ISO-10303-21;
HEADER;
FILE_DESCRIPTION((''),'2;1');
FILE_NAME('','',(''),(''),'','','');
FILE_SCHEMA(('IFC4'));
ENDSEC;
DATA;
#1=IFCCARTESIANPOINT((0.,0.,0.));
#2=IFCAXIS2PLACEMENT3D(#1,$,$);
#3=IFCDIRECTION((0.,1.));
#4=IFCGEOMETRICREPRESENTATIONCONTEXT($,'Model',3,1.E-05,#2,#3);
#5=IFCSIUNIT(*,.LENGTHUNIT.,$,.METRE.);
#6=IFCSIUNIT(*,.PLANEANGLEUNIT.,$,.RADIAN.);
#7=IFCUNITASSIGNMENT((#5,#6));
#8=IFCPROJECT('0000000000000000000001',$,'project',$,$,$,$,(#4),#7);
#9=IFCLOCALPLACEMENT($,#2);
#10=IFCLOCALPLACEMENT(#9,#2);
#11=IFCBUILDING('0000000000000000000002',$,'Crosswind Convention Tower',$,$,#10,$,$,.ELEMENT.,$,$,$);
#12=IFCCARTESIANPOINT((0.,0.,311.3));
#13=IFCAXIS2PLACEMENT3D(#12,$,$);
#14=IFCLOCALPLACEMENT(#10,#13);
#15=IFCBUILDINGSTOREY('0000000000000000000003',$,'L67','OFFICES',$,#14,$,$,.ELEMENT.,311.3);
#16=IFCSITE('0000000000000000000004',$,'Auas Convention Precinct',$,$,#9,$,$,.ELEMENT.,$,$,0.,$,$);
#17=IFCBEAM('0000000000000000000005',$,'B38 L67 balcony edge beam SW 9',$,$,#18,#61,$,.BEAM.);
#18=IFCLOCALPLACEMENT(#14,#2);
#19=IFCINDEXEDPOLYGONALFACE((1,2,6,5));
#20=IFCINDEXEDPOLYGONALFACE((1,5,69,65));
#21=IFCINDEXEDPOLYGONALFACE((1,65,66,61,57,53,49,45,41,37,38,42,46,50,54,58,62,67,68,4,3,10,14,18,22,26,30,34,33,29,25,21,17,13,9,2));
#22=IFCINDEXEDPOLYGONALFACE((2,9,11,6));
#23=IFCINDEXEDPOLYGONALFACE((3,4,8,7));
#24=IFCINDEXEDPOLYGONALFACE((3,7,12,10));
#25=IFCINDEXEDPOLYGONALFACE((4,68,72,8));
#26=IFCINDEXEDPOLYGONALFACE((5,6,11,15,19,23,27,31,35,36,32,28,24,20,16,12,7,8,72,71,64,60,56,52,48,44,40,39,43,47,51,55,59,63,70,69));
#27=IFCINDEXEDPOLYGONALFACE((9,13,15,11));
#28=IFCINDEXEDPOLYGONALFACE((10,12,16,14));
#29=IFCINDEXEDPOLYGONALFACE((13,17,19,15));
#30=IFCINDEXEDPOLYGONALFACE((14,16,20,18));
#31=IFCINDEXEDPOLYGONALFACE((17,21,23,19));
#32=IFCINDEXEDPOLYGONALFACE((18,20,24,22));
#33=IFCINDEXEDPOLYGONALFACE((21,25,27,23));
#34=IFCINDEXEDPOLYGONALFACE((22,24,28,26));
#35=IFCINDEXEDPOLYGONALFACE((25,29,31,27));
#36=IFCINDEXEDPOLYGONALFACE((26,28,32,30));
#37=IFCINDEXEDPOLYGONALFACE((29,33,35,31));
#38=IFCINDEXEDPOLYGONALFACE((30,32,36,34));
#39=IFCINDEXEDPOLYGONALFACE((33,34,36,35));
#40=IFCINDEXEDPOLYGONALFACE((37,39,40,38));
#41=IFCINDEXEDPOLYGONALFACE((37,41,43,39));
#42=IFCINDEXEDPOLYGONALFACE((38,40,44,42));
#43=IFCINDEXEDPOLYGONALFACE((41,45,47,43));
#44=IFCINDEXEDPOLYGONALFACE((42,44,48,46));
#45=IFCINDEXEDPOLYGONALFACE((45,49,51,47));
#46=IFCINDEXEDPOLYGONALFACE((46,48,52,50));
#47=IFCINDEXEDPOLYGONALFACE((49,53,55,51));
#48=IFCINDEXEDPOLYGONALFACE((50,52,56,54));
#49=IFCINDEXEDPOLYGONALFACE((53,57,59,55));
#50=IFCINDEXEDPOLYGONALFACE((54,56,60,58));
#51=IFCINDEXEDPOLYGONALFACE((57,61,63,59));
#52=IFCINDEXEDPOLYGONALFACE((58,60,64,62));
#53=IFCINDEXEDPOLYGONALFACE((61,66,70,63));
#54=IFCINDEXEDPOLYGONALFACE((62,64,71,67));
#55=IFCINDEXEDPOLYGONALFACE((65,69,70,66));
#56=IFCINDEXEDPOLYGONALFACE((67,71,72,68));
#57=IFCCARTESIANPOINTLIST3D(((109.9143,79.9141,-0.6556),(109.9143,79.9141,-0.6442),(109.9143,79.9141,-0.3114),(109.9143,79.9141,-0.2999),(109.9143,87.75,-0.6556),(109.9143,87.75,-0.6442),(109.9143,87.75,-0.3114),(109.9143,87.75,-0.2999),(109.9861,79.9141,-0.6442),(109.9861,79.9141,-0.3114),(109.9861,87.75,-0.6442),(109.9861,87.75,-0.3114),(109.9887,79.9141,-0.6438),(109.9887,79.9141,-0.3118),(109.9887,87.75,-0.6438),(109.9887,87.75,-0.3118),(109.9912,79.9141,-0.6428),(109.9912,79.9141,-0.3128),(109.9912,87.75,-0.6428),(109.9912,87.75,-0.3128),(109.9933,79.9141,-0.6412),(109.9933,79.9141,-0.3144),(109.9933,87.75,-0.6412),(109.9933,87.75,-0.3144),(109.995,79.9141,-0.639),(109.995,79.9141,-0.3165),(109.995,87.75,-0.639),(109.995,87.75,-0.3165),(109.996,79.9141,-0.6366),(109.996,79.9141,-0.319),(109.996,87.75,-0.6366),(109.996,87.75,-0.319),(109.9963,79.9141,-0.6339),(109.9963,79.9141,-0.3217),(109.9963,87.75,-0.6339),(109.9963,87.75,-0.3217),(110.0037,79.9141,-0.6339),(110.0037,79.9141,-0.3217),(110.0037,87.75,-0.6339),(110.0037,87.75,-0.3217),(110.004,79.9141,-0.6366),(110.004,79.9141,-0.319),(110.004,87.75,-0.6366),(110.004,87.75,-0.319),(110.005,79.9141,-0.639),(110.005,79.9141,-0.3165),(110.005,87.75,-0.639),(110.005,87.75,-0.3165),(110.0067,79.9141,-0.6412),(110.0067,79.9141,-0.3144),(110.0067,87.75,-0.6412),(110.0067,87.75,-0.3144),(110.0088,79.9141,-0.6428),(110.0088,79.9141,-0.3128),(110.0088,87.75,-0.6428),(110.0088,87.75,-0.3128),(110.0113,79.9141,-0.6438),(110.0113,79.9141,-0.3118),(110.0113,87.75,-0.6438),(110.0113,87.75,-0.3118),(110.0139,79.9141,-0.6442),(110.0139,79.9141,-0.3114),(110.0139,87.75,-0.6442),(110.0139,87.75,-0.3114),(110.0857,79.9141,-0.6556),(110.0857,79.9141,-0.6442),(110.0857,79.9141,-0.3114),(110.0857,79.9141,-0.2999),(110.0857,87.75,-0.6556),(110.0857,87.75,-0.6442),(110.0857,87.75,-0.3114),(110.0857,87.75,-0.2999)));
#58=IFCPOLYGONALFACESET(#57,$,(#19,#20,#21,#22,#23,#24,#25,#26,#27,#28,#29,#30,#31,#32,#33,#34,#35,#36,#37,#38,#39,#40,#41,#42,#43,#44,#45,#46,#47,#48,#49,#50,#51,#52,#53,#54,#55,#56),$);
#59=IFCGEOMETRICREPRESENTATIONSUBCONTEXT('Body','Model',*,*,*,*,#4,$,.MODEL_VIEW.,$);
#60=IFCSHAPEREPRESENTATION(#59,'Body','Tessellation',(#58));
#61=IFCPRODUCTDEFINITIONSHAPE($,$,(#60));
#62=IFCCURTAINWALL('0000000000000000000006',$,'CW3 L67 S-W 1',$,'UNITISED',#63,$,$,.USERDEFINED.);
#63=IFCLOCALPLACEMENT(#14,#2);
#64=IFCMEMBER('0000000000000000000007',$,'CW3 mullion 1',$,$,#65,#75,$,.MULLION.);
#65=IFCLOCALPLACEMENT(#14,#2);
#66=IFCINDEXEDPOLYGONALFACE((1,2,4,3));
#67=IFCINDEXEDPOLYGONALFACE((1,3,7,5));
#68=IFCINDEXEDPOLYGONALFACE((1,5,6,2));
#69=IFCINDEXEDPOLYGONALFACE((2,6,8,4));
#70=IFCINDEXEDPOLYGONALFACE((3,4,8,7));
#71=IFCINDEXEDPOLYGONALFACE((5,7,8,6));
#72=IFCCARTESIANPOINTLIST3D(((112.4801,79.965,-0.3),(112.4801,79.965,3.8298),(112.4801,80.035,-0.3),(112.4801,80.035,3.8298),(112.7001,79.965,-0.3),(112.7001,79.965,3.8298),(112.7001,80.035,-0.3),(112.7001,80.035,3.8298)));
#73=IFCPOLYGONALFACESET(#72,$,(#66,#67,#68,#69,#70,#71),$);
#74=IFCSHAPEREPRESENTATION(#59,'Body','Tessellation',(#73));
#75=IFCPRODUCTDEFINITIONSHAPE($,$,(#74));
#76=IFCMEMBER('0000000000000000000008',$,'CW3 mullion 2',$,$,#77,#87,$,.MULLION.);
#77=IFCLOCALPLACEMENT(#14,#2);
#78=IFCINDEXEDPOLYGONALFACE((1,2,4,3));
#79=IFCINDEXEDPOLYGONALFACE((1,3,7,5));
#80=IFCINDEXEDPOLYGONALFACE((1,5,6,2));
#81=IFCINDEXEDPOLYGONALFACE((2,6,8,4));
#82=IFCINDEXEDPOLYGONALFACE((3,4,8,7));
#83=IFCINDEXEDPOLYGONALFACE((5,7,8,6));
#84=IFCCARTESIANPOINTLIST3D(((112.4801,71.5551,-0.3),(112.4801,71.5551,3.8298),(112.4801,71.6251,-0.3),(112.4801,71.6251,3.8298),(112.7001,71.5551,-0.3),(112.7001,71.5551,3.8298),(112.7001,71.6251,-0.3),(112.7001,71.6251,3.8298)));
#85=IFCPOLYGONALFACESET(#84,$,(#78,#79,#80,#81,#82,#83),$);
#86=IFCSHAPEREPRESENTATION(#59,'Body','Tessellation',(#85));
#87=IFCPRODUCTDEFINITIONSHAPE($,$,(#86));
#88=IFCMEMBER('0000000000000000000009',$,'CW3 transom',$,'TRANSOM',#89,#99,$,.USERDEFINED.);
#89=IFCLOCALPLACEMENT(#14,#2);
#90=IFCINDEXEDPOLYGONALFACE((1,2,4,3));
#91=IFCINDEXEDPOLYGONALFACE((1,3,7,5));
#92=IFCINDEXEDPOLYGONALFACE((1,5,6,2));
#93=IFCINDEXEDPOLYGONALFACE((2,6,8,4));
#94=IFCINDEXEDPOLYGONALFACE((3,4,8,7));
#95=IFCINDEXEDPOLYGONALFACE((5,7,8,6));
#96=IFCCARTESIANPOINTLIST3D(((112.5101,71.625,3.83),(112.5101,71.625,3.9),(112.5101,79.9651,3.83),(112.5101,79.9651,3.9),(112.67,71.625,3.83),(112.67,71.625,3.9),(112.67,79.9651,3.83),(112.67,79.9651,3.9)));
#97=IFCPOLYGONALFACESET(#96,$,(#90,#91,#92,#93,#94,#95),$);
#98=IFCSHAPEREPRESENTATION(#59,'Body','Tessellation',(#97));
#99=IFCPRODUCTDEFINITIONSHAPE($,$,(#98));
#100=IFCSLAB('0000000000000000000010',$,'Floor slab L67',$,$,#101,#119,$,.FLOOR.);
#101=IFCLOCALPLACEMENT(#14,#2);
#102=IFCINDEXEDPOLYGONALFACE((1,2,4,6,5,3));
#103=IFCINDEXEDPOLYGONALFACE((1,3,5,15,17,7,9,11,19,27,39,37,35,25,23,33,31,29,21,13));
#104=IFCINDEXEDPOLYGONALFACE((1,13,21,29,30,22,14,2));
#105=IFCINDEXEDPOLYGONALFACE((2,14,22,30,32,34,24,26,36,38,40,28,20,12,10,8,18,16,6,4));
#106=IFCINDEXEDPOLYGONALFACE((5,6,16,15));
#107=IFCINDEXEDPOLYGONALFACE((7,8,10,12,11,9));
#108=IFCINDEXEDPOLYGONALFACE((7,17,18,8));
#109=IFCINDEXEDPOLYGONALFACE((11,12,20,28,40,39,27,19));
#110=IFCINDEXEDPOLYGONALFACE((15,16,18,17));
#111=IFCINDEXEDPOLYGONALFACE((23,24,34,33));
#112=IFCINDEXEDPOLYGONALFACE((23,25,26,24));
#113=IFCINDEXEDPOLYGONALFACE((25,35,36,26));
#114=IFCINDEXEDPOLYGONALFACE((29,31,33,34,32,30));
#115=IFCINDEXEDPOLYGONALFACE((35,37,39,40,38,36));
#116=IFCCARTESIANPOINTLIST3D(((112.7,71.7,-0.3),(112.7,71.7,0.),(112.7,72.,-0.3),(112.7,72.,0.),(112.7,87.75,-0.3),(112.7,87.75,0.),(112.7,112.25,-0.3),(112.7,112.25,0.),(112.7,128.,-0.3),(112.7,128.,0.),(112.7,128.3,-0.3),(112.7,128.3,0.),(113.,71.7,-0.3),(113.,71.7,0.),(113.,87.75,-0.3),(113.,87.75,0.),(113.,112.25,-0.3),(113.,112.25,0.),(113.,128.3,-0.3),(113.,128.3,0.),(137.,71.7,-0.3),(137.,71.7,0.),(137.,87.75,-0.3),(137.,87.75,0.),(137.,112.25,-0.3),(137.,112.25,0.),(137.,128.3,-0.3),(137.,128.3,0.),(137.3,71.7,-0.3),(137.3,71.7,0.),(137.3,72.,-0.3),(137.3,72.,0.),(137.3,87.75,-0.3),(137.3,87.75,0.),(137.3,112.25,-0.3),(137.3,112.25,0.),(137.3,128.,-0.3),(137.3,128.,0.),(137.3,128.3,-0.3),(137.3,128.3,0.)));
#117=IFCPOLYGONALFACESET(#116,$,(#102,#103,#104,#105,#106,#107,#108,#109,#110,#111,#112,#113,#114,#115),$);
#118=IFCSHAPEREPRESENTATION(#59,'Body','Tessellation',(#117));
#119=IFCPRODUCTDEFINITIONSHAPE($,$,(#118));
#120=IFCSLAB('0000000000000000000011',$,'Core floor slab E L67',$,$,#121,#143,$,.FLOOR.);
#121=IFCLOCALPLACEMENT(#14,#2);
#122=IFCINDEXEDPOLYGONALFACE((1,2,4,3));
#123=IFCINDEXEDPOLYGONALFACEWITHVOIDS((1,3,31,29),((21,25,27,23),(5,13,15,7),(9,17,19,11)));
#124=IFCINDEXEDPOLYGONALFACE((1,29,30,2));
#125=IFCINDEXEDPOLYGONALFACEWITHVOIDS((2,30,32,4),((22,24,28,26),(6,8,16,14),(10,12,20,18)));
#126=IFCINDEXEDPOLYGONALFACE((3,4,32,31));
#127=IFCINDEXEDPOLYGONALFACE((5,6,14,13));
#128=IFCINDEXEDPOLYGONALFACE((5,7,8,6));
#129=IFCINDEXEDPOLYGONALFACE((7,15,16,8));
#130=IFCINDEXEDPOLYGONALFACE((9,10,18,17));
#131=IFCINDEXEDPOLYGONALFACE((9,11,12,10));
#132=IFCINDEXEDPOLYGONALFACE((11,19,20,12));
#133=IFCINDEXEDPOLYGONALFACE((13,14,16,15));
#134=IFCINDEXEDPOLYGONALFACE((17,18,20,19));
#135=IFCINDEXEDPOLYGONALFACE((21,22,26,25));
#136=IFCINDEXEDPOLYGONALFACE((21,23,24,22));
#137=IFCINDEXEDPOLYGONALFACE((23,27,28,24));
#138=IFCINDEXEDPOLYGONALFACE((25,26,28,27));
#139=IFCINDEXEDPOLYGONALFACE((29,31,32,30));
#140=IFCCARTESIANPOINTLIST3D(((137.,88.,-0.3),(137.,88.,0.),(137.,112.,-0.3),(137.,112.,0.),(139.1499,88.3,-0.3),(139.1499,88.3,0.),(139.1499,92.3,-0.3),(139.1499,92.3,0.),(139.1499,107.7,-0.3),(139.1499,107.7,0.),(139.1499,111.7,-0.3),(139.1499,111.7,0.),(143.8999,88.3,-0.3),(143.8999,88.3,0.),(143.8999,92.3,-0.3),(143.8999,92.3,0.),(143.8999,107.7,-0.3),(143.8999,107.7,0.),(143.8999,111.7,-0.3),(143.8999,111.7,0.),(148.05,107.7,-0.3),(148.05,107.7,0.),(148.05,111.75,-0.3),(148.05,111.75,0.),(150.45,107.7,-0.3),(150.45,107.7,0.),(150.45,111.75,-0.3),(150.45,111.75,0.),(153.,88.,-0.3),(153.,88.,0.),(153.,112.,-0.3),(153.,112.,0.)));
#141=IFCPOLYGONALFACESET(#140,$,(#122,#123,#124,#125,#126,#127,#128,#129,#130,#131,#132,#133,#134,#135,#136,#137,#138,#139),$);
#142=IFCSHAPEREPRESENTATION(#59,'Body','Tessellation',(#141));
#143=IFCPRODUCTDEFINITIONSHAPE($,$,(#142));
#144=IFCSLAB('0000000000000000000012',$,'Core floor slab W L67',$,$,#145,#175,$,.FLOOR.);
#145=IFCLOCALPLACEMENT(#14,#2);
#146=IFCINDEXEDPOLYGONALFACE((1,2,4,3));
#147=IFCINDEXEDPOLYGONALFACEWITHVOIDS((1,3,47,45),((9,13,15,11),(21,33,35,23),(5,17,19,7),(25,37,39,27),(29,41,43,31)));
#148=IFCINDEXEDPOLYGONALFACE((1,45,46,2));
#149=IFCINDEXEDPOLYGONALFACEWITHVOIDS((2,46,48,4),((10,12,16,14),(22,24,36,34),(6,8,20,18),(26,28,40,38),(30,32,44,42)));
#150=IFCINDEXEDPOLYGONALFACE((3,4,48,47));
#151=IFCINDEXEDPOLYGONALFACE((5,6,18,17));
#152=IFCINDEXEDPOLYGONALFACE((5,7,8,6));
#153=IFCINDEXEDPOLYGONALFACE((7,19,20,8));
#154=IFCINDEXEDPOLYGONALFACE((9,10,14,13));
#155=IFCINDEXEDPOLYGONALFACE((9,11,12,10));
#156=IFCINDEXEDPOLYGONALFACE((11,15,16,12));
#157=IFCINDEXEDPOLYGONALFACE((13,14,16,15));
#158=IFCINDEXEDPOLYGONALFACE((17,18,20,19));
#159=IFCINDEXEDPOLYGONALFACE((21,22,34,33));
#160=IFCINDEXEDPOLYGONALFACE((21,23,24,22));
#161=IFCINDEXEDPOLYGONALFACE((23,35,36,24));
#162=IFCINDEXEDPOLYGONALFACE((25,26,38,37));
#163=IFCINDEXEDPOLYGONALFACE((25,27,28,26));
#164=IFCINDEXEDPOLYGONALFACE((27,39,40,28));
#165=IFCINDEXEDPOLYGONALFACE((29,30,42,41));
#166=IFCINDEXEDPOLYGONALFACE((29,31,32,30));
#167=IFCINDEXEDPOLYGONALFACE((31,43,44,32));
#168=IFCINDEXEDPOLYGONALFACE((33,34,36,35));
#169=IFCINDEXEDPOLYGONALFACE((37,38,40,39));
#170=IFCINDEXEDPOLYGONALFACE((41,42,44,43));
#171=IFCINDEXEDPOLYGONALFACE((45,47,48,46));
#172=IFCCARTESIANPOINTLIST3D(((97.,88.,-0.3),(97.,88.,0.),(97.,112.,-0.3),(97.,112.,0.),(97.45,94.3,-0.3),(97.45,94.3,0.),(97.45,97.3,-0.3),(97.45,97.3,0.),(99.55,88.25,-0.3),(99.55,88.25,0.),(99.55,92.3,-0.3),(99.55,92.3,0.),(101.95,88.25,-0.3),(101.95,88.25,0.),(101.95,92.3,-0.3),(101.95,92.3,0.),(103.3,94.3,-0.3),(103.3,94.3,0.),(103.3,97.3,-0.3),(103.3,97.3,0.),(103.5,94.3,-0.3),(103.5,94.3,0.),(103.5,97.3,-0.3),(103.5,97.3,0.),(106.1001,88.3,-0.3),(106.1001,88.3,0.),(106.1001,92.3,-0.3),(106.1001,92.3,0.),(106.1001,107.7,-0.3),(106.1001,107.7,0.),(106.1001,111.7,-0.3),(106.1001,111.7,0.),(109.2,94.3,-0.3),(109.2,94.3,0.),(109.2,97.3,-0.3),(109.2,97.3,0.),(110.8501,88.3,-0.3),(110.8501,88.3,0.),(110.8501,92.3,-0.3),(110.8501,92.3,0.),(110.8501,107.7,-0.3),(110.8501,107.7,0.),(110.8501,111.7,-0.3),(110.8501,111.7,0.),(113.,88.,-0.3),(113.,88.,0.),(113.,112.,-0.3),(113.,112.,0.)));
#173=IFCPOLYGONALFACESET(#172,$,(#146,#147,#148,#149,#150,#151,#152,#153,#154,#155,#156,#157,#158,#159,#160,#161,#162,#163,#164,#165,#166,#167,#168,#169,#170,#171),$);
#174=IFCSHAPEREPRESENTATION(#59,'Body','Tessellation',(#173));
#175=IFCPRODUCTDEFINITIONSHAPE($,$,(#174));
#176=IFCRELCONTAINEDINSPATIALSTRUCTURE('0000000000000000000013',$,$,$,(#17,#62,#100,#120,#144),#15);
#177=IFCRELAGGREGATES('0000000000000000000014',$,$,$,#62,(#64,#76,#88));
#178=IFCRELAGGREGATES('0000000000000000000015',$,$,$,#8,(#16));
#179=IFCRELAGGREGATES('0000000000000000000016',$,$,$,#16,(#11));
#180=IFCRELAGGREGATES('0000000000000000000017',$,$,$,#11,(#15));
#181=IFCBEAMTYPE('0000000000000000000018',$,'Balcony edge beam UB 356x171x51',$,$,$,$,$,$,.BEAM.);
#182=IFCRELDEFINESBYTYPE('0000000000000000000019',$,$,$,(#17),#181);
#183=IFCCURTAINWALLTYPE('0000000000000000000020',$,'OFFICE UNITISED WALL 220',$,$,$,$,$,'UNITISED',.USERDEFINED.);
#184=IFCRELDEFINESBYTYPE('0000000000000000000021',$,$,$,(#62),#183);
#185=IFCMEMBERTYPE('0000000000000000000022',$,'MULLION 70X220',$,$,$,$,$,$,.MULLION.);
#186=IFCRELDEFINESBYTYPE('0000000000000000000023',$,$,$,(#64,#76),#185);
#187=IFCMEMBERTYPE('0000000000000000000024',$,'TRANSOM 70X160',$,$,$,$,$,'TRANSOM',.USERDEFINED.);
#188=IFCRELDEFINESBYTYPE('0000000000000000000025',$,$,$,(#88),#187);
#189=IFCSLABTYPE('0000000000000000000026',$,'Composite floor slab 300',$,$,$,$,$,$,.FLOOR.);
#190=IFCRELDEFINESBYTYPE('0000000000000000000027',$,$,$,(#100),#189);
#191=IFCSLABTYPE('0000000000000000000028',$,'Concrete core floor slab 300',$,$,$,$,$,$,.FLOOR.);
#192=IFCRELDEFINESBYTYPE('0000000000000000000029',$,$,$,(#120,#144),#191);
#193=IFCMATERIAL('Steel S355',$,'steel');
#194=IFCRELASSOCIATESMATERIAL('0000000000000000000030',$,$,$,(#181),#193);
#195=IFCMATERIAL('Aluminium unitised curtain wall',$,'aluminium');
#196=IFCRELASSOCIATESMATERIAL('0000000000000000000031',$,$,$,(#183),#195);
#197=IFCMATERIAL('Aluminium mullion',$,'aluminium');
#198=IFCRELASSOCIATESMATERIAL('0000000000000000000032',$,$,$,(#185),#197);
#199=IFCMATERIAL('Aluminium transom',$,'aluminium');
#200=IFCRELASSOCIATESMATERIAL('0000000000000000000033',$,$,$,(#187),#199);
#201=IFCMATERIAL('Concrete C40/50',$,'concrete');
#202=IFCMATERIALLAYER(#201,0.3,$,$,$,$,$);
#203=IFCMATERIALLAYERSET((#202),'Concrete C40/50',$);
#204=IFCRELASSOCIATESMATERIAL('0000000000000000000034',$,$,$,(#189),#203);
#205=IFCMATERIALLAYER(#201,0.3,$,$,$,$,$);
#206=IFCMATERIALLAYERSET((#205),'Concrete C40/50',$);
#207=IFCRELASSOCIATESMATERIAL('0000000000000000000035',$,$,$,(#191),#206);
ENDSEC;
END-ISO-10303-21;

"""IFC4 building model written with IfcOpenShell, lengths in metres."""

from ifc_helpers import new_model, si_unit, direction, frame, origin, origin_2d, place, context, subcontext, project, spatial, polyline, rectangle, i_section, outline, extrude, material, layer, layer_set, material_profile, profile_set, type_object, element, aggregate, save


model = new_model("IFC4")

# Units and contexts
model_context = context("Model", 3, precision=1e-05, world=origin(), true_north=direction((0.0, 1.0)))
body_context = subcontext(model_context, "Body", "Model", "MODEL_VIEW")
ifc_project = project(units=[si_unit("LENGTHUNIT", "METRE"), si_unit("PLANEANGLEUNIT", "RADIAN")], contexts=[model_context])

# Site, building, storey
site_placement = place(None, origin())
site = spatial("IfcSite", under=ifc_project, at=site_placement, Name="Auas Convention Precinct", CompositionType="ELEMENT", RefElevation=0.0)
building_placement = place(site_placement, origin())
building = spatial("IfcBuilding", under=site, at=building_placement, Name="Crosswind Convention Tower", CompositionType="ELEMENT")
storey_placement = place(building_placement, frame((0.0, 0.0, 311.3)))
storey = spatial("IfcBuildingStorey", under=building, at=storey_placement, Name="L67", Description="OFFICES", CompositionType="ELEMENT", Elevation=311.3)

# Beam
ifc_material_1 = material(Name="Steel S355", Category="steel")
ifc_material_profile_1 = material_profile(ifc_material_1, i_section(OverallWidth=0.1714, OverallDepth=0.3557, WebThickness=0.0073, FlangeThickness=0.0115, FilletRadius=0.0103, at=origin_2d()), Name="UB 356x171x51")
ifc_profile_set_1 = profile_set([ifc_material_profile_1], Name="Steel S355")
beam_type = type_object("IfcBeamType", Name="Balcony edge beam UB 356x171x51", PredefinedType="BEAM", material=ifc_profile_set_1)
beam_placement = place(storey_placement, frame((110.0, 87.75, -0.4778), z_axis=(0.0, -1.0, 0.0), x_axis=(1.0, 0.0, 0.0)))
element("IfcBeam", 1, at=beam_placement, inside=storey, type_object=beam_type, Name="B38 L67 balcony edge beam SW 9", PredefinedType="BEAM", context=body_context, shape_type="SweptSolid", body=[
    extrude(i_section(OverallWidth=0.1714, OverallDepth=0.3557, WebThickness=0.0073, FlangeThickness=0.0115, FilletRadius=0.0103, at=origin_2d()), origin(), (0.0, 0.0, 1.0), 7.8359),
])

# Curtain wall, members
ifc_material_2 = material(Name="Aluminium unitised curtain wall", Category="aluminium")
curtain_wall_type = type_object("IfcCurtainWallType", Name="OFFICE UNITISED WALL 220", ElementType="UNITISED", PredefinedType="USERDEFINED", material=ifc_material_2)
curtain_wall_1_placement = place(storey_placement, origin())
curtain_wall_1 = element("IfcCurtainWall", 2, at=curtain_wall_1_placement, inside=storey, type_object=curtain_wall_type, Name="CW3 L67 S-W 1", ObjectType="UNITISED", PredefinedType="USERDEFINED")
ifc_material_3 = material(Name="Aluminium mullion", Category="aluminium")
ifc_material_profile_2 = material_profile(ifc_material_3, rectangle(XDim=0.22, YDim=0.0701, at=origin_2d()), Name="AL 220X70")
ifc_profile_set_2 = profile_set([ifc_material_profile_2], Name="Aluminium mullion")
member_type_1 = type_object("IfcMemberType", Name="MULLION 70X220", PredefinedType="MULLION", material=ifc_profile_set_2)
member_1_placement = place(storey_placement, frame((112.5901, 80.0, -0.3), z_axis=(0.0, 0.0, 1.0), x_axis=(-1.0, 0.0, 0.0)))
member_1 = element("IfcMember", 3, at=member_1_placement, type_object=member_type_1, Name="CW3 mullion 1", PredefinedType="MULLION", context=body_context, shape_type="SweptSolid", body=[
    extrude(rectangle(XDim=0.22, YDim=0.0701, at=origin_2d()), origin(), (0.0, 0.0, 1.0), 4.1299),
])
member_2_placement = place(storey_placement, frame((112.5901, 71.5901, -0.3), z_axis=(0.0, 0.0, 1.0), x_axis=(-1.0, 0.0, 0.0)))
member_2 = element("IfcMember", 4, at=member_2_placement, type_object=member_type_1, Name="CW3 mullion 2", PredefinedType="MULLION", context=body_context, shape_type="SweptSolid", body=[
    extrude(rectangle(XDim=0.22, YDim=0.0701, at=origin_2d()), origin(), (0.0, 0.0, 1.0), 4.1299),
])
ifc_material_4 = material(Name="Aluminium transom", Category="aluminium")
ifc_material_profile_3 = material_profile(ifc_material_4, rectangle(XDim=0.1599, YDim=0.0701, at=origin_2d()), Name="AL 160X70")
ifc_profile_set_3 = profile_set([ifc_material_profile_3], Name="Aluminium transom")
member_type_2 = type_object("IfcMemberType", Name="TRANSOM 70X160", ElementType="TRANSOM", PredefinedType="USERDEFINED", material=ifc_profile_set_3)
member_3_placement = place(storey_placement, frame((112.5901, 79.9651, 3.865), z_axis=(0.0, -1.0, 0.0), x_axis=(1.0, 0.0, 0.0)))
member_3 = element("IfcMember", 5, at=member_3_placement, type_object=member_type_2, Name="CW3 transom", ObjectType="TRANSOM", PredefinedType="USERDEFINED", context=body_context, shape_type="SweptSolid", body=[
    extrude(rectangle(XDim=0.1599, YDim=0.0701, at=origin_2d()), origin(), (0.0, 0.0, 1.0), 8.3401),
])

# Slabs
ifc_material_5 = material(Name="Concrete C40/50", Category="concrete")
ifc_layer_1 = layer(ifc_material_5, 0.3)
ifc_layer_set_1 = layer_set([ifc_layer_1], Name="Concrete C40/50")
slab_type_1 = type_object("IfcSlabType", Name="Composite floor slab 300", PredefinedType="FLOOR", material=ifc_layer_set_1)
slab_1_placement = place(storey_placement, frame((0.0, 0.0, -0.3)))
element("IfcSlab", 6, at=slab_1_placement, inside=storey, type_object=slab_type_1, Name="Floor slab L67", PredefinedType="FLOOR", context=body_context, shape_type="SweptSolid", body=[
    extrude(outline(polyline([(137.3, 71.7), (137.0, 71.7), (113.0, 71.7), (112.7, 71.7), (112.7, 72.0), (112.7, 87.75), (113.0, 87.75), (113.0, 112.25), (112.7, 112.25), (112.7, 128.0), (112.7, 128.3), (113.0, 128.3), (137.0, 128.3), (137.3, 128.3), (137.3, 128.0), (137.3, 112.25), (137.0, 112.25), (137.0, 87.75), (137.3, 87.75), (137.3, 72.0), (137.3, 71.7)])), origin(), (0.0, 0.0, 1.0), 0.3),
])
ifc_layer_2 = layer(ifc_material_5, 0.3)
ifc_layer_set_2 = layer_set([ifc_layer_2], Name="Concrete C40/50")
slab_type_2 = type_object("IfcSlabType", Name="Concrete core floor slab 300", PredefinedType="FLOOR", material=ifc_layer_set_2)
slab_2_placement = place(storey_placement, frame((0.0, 0.0, -0.3)))
element("IfcSlab", 7, at=slab_2_placement, inside=storey, type_object=slab_type_2, Name="Core floor slab E L67", PredefinedType="FLOOR", context=body_context, shape_type="SweptSolid", body=[
    extrude(outline(polyline([(137.0, 88.0), (153.0, 88.0), (153.0, 112.0), (137.0, 112.0), (137.0, 88.0)]), holes=[polyline([(150.45, 107.7), (150.45, 111.75), (148.05, 111.75), (148.05, 107.7), (150.45, 107.7)]), polyline([(143.8999, 107.7), (143.8999, 111.7), (139.1499, 111.7), (139.1499, 107.7), (143.8999, 107.7)]), polyline([(143.8999, 88.3), (143.8999, 92.3), (139.1499, 92.3), (139.1499, 88.3), (143.8999, 88.3)])]), origin(), (0.0, 0.0, 1.0), 0.3),
])
slab_3_placement = place(storey_placement, frame((0.0, 0.0, -0.3)))
element("IfcSlab", 8, at=slab_3_placement, inside=storey, type_object=slab_type_2, Name="Core floor slab W L67", PredefinedType="FLOOR", context=body_context, shape_type="SweptSolid", body=[
    extrude(outline(polyline([(97.0, 88.0), (113.0, 88.0), (113.0, 112.0), (97.0, 112.0), (97.0, 88.0)]), holes=[polyline([(109.2, 94.3), (109.2, 97.3), (103.5, 97.3), (103.5, 94.3), (109.2, 94.3)]), polyline([(103.3, 94.3), (103.3, 97.3), (97.45, 97.3), (97.45, 94.3), (103.3, 94.3)]), polyline([(101.95, 88.25), (101.95, 92.3), (99.55, 92.3), (99.55, 88.25), (101.95, 88.25)]), polyline([(110.8501, 88.3), (110.8501, 92.3), (106.1001, 92.3), (106.1001, 88.3), (110.8501, 88.3)]), polyline([(110.8501, 107.7), (110.8501, 111.7), (106.1001, 111.7), (106.1001, 107.7), (110.8501, 107.7)])]), origin(), (0.0, 0.0, 1.0), 0.3),
])

aggregate(curtain_wall_1, [member_1, member_2, member_3])

save(model, "model.ifc")
